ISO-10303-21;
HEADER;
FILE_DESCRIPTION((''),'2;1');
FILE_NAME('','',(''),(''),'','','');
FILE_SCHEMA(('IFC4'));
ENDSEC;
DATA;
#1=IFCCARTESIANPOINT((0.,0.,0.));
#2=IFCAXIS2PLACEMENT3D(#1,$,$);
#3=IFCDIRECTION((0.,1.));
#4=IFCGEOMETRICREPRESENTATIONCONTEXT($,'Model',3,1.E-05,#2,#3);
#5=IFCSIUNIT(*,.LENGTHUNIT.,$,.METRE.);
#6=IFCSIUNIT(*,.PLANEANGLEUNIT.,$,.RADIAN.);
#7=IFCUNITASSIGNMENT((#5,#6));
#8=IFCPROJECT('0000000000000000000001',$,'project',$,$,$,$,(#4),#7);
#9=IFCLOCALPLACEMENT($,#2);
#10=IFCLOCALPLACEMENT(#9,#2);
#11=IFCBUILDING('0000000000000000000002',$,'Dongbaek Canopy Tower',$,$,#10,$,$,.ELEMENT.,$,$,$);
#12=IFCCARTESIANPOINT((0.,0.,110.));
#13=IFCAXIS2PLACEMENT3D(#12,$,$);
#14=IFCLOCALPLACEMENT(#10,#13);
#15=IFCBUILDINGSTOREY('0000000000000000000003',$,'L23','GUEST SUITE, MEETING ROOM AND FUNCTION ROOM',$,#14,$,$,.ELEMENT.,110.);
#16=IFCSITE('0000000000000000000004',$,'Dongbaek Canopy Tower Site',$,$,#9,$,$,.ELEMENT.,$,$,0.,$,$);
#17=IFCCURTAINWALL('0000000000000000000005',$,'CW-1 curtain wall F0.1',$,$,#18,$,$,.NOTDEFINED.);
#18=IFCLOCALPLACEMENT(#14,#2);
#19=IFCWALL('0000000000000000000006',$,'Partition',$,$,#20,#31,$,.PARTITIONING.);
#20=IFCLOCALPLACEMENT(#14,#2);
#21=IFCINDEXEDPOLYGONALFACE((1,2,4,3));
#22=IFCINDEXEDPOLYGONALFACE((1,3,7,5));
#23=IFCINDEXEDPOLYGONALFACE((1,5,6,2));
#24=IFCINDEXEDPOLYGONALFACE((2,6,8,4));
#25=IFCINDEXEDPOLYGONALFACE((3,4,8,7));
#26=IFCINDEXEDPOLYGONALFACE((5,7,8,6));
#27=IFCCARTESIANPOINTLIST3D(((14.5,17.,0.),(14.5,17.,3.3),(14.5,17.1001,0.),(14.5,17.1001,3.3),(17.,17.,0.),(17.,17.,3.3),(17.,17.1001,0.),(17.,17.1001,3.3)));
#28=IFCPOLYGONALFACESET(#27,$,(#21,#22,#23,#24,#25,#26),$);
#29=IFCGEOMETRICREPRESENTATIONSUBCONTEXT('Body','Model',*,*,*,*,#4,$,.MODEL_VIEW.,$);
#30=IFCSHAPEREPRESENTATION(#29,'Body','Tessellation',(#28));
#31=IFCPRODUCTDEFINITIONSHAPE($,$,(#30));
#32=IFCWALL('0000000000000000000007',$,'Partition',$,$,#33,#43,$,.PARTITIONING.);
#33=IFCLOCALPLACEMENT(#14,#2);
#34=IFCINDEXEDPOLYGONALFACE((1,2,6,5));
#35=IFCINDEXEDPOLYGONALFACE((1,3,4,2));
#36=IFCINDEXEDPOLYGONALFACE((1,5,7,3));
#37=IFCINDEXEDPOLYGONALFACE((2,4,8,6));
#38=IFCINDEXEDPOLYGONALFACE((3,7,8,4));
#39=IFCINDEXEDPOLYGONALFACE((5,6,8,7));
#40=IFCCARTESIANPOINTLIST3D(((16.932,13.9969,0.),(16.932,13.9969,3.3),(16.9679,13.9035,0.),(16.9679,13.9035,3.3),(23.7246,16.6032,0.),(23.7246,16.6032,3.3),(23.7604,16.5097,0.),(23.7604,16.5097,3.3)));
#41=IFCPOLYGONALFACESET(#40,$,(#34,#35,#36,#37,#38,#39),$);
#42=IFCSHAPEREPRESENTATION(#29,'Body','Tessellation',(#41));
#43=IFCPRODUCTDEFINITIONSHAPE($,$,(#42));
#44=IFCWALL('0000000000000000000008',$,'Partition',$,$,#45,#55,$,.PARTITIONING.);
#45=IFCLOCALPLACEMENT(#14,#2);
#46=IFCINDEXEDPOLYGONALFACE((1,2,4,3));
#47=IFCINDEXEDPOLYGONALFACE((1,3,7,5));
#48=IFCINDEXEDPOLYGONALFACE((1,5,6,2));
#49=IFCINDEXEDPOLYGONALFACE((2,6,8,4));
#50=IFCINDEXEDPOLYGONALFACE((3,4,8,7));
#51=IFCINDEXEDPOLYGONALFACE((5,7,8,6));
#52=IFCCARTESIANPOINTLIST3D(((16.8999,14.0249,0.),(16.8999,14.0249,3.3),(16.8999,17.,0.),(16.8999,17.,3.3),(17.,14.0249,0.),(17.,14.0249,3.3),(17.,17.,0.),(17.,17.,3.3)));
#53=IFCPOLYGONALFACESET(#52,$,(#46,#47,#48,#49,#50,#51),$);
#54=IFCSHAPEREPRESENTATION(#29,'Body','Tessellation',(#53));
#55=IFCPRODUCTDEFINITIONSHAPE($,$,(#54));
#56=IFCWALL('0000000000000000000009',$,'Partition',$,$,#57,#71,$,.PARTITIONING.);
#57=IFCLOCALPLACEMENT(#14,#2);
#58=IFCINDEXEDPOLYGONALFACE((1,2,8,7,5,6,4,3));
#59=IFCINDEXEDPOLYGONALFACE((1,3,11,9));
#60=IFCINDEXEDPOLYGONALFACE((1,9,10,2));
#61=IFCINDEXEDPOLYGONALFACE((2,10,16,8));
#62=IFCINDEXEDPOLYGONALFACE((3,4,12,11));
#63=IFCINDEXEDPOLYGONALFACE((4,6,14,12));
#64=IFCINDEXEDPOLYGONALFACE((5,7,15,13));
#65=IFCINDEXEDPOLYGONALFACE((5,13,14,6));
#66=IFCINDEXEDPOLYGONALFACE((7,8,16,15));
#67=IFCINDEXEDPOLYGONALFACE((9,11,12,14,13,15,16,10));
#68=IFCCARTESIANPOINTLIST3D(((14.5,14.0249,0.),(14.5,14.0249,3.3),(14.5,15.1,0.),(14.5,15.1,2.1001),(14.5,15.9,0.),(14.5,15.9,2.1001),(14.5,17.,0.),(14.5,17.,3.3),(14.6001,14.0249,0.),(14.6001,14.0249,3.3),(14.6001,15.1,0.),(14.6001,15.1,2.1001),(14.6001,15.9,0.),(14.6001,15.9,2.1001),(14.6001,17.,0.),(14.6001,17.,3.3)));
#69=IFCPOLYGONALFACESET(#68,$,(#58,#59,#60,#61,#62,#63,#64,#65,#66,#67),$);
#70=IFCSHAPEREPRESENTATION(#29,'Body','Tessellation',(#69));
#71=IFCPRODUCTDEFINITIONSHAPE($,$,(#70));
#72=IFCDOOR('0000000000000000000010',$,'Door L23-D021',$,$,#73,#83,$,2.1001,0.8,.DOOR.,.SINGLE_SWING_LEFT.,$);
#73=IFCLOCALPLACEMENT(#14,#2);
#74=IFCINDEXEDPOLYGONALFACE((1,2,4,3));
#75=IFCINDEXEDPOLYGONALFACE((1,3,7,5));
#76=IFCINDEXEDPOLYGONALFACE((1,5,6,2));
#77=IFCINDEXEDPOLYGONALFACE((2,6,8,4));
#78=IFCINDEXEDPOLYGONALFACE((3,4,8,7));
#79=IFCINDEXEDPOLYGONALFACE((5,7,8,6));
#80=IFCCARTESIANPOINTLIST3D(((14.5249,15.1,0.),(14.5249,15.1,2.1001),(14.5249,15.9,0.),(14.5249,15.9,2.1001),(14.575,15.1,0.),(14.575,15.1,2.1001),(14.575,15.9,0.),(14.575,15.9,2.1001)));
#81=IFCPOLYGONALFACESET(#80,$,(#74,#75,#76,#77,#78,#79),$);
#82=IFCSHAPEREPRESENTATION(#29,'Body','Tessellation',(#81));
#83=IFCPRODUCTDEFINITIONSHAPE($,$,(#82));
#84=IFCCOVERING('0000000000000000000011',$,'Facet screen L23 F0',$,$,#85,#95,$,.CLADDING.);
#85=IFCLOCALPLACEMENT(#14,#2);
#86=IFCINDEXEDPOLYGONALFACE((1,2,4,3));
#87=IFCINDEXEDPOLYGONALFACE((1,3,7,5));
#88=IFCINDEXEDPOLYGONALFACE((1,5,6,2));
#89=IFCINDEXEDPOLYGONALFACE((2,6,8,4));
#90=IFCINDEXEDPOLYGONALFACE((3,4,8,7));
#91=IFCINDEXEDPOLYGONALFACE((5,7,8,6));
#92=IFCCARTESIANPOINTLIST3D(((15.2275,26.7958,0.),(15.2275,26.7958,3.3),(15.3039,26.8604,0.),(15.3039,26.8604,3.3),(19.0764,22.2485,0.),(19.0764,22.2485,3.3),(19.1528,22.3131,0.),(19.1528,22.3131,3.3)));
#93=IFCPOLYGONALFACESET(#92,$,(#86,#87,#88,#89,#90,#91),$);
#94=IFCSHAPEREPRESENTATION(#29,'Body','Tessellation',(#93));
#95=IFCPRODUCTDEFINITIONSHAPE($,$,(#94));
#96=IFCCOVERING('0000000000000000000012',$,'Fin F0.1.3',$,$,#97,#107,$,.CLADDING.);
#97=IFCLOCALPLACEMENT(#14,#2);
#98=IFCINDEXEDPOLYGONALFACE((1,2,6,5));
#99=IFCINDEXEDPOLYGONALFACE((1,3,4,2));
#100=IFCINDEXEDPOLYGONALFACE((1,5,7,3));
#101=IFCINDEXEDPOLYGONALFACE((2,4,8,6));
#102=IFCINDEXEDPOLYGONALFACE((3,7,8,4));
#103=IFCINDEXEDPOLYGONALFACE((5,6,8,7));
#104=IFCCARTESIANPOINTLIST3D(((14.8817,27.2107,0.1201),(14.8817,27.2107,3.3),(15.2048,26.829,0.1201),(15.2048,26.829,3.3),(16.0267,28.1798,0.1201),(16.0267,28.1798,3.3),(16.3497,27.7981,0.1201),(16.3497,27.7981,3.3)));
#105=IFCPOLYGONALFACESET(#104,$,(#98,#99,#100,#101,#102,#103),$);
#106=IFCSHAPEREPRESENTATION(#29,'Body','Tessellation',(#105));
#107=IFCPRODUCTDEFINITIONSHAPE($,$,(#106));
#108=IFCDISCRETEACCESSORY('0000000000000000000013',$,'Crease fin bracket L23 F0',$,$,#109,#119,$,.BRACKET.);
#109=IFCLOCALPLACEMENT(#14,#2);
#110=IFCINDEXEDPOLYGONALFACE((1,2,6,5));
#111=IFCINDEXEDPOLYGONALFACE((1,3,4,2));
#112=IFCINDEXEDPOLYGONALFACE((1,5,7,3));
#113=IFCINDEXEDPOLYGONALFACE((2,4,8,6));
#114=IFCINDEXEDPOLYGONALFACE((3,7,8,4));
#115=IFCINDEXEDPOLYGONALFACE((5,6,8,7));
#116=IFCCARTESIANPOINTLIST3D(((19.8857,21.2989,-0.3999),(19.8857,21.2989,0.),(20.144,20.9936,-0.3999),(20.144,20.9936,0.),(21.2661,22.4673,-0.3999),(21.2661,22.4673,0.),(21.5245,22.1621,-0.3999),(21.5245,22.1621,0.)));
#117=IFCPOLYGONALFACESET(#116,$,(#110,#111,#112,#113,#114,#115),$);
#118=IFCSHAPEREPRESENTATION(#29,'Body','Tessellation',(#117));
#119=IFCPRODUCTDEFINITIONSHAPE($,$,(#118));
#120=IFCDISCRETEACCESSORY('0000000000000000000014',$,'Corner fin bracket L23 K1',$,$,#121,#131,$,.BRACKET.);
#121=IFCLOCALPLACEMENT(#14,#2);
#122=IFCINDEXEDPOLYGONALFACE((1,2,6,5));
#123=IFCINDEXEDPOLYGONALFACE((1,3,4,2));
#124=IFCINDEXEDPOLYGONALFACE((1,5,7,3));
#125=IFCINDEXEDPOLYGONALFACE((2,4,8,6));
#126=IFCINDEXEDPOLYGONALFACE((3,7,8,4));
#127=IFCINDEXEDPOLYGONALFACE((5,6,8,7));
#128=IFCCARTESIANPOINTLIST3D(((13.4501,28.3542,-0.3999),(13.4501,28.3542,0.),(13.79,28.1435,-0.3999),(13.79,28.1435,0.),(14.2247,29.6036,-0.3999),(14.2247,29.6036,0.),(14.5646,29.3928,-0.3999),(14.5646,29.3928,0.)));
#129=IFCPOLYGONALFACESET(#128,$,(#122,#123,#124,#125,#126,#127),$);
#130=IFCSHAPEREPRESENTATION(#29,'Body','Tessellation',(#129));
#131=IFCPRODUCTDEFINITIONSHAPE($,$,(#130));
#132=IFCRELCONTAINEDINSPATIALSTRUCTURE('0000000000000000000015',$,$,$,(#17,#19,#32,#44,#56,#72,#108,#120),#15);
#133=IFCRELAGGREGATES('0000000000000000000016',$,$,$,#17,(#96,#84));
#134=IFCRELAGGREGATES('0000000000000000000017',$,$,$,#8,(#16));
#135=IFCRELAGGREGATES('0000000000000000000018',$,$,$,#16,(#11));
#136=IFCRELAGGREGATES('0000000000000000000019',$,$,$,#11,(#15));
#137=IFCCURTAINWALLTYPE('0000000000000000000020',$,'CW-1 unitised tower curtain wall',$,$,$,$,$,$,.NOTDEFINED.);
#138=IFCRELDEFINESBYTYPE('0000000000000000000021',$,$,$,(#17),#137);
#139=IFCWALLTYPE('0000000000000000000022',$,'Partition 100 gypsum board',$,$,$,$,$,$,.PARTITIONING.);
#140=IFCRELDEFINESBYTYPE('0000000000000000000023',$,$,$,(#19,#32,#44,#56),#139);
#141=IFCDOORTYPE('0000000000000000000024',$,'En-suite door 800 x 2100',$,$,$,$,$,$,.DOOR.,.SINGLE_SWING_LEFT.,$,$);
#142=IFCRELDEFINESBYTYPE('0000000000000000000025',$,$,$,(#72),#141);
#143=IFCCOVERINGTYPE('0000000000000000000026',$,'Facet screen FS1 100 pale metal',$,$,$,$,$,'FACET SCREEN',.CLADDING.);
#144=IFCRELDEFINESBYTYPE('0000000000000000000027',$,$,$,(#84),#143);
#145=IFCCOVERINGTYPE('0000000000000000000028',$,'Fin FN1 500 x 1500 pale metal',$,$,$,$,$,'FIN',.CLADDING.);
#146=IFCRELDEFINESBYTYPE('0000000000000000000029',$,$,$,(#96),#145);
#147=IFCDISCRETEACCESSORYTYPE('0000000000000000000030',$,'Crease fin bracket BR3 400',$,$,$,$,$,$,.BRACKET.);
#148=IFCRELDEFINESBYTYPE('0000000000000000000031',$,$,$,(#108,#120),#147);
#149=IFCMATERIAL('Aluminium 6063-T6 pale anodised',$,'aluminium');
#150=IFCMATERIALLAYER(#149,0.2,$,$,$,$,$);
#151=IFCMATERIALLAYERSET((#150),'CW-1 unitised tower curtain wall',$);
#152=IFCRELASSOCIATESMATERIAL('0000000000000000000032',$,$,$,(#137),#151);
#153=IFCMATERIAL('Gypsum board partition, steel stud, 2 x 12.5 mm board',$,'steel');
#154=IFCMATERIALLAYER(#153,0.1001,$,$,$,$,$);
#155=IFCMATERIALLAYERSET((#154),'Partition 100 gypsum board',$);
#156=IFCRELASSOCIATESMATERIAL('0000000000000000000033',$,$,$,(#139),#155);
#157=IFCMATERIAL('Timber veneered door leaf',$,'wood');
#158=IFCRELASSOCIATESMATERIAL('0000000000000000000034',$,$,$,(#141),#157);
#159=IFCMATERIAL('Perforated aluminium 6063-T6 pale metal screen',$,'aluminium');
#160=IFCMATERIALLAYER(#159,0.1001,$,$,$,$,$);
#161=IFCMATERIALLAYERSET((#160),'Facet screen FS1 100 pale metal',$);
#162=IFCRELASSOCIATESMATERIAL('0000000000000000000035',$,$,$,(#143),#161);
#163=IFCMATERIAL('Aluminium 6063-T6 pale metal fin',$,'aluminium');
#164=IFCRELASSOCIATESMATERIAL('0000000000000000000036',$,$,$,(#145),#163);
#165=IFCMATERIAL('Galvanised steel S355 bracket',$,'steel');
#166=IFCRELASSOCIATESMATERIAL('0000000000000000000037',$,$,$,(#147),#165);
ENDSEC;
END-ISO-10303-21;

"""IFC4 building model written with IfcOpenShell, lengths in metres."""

from ifc_helpers import new_model, si_unit, direction, frame, frame_2d, origin, origin_2d, place, context, subcontext, project, spatial, rectangle, extrude, material, layer, layer_set, material_profile, profile_set, type_object, element, fill, aggregate, save


model = new_model("IFC4")

# Units and contexts
model_context = context("Model", 3, precision=1e-05, world=origin(), true_north=direction((0.0, 1.0)))
body_context = subcontext(model_context, "Body", "Model", "MODEL_VIEW")
ifc_project = project(units=[si_unit("LENGTHUNIT", "METRE"), si_unit("PLANEANGLEUNIT", "RADIAN")], contexts=[model_context])

# Site, building, storey
site_placement = place(None, origin())
site = spatial("IfcSite", under=ifc_project, at=site_placement, Name="Dongbaek Canopy Tower Site", CompositionType="ELEMENT", RefElevation=0.0)
building_placement = place(site_placement, origin())
building = spatial("IfcBuilding", under=site, at=building_placement, Name="Dongbaek Canopy Tower", CompositionType="ELEMENT")
storey_placement = place(building_placement, frame((0.0, 0.0, 110.0)))
storey = spatial("IfcBuildingStorey", under=building, at=storey_placement, Name="L23", Description="GUEST SUITE, MEETING ROOM AND FUNCTION ROOM", CompositionType="ELEMENT", Elevation=110.0)

# Curtain wall
ifc_material_1 = material(Name="Aluminium 6063-T6 pale anodised", Category="aluminium")
ifc_layer_1 = layer(ifc_material_1, 0.2)
ifc_layer_set_1 = layer_set([ifc_layer_1], Name="CW-1 unitised tower curtain wall")
curtain_wall_type = type_object("IfcCurtainWallType", Name="CW-1 unitised tower curtain wall", PredefinedType="NOTDEFINED", material=ifc_layer_set_1)
curtain_wall_1_placement = place(storey_placement, origin())
curtain_wall_1 = element("IfcCurtainWall", 1, at=curtain_wall_1_placement, inside=storey, type_object=curtain_wall_type, Name="CW-1 curtain wall F0.1", PredefinedType="NOTDEFINED")

# Walls
ifc_material_2 = material(Name="Gypsum board partition, steel stud, 2 x 12.5 mm board", Category="steel")
ifc_layer_2 = layer(ifc_material_2, 0.1001)
ifc_layer_set_2 = layer_set([ifc_layer_2], Name="Partition 100 gypsum board")
wall_type_1 = type_object("IfcWallType", Name="Partition 100 gypsum board", PredefinedType="PARTITIONING", material=ifc_layer_set_2)
wall_1_placement = place(storey_placement, frame((14.5, 17.05, 0.0), z_axis=(0.0, 0.0, 1.0), x_axis=(1.0, 0.0, 0.0)))
element("IfcWall", 2, at=wall_1_placement, inside=storey, type_object=wall_type_1, Name="Partition", PredefinedType="PARTITIONING", context=body_context, shape_type="SweptSolid", body=[
    extrude(rectangle(XDim=2.5, YDim=0.1001, at=frame_2d((1.25, 0.0))), origin(), (0.0, 0.0, 1.0), 3.3),
])
wall_2_placement = place(storey_placement, frame((16.95, 13.9502, 0.0), z_axis=(0.0, 0.0, 1.0), x_axis=(0.933635, 0.358226, 0.0)))
element("IfcWall", 3, at=wall_2_placement, inside=storey, type_object=wall_type_1, Name="Partition", PredefinedType="PARTITIONING", context=body_context, shape_type="SweptSolid", body=[
    extrude(rectangle(XDim=7.2754, YDim=0.1001, at=frame_2d((3.6377, 0.0))), origin(), (0.0, 0.0, 1.0), 3.3),
])
wall_3_placement = place(storey_placement, frame((16.95, 14.0249, 0.0), z_axis=(0.0, 0.0, 1.0), x_axis=(0.0, 1.0, 0.0)))
element("IfcWall", 4, at=wall_3_placement, inside=storey, type_object=wall_type_1, Name="Partition", PredefinedType="PARTITIONING", context=body_context, shape_type="SweptSolid", body=[
    extrude(rectangle(XDim=2.9751, YDim=0.1001, at=frame_2d((1.4875, 0.0))), origin(), (0.0, 0.0, 1.0), 3.3),
])

# Wall, opening, door
wall_4_placement = place(storey_placement, frame((14.55, 17.0, 0.0), z_axis=(0.0, 0.0, 1.0), x_axis=(0.0, -1.0, 0.0)))
wall_4 = element("IfcWall", 5, at=wall_4_placement, inside=storey, type_object=wall_type_1, Name="Partition", PredefinedType="PARTITIONING", context=body_context, shape_type="SweptSolid", body=[
    extrude(rectangle(XDim=2.9751, YDim=0.1001, at=frame_2d((1.4875, 0.0))), origin(), (0.0, 0.0, 1.0), 3.3),
])
opening_1_placement = place(wall_4_placement, frame((1.1001, 0.0, 0.0)))
opening_1 = element("IfcOpeningElement", 6, at=opening_1_placement, cuts=wall_4, PredefinedType="OPENING", context=body_context, shape_type="SweptSolid", body=[
    extrude(rectangle(XDim=0.8, YDim=2.1001, at=frame_2d((0.3999, 1.05))), frame((0.0, 0.0601, 0.0), z_axis=(0.0, -1.0, 0.0), x_axis=(1.0, 0.0, 0.0)), (0.0, 0.0, 1.0), 0.1201),
])
ifc_material_3 = material(Name="Timber veneered door leaf", Category="wood")
door_type_1 = type_object("IfcDoorType", Name="En-suite door 800 x 2100", OperationType="SINGLE_SWING_LEFT", PredefinedType="DOOR", material=ifc_material_3)
door_1_placement = place(opening_1_placement, origin())
door_1 = element("IfcDoor", 7, at=door_1_placement, inside=storey, type_object=door_type_1, Name="Door L23-D021", OperationType="SINGLE_SWING_LEFT", OverallHeight=2.1001, OverallWidth=0.8, PredefinedType="DOOR", context=body_context, shape_type="SweptSolid", body=[
    extrude(rectangle(XDim=0.8, YDim=2.1001, at=frame_2d((0.3999, 1.05))), frame((0.0, 0.0249, 0.0), z_axis=(0.0, -1.0, 0.0), x_axis=(1.0, 0.0, 0.0)), (0.0, 0.0, 1.0), 0.05),
])
fill(opening_1, door_1)

# Coverings
ifc_material_4 = material(Name="Perforated aluminium 6063-T6 pale metal screen", Category="aluminium")
ifc_layer_3 = layer(ifc_material_4, 0.1001)
ifc_layer_set_3 = layer_set([ifc_layer_3], Name="Facet screen FS1 100 pale metal")
covering_type_1 = type_object("IfcCoveringType", Name="Facet screen FS1 100 pale metal", ElementType="FACET SCREEN", PredefinedType="CLADDING", material=ifc_layer_set_3)
covering_1_placement = place(storey_placement, frame((17.1902, 24.5544, 0.0), z_axis=(0.0, 0.0, 1.0), x_axis=(-0.646056, 0.76329, 0.0)))
covering_1 = element("IfcCovering", 8, at=covering_1_placement, type_object=covering_type_1, Name="Facet screen L23 F0", PredefinedType="CLADDING", context=body_context, shape_type="SweptSolid", body=[
    extrude(rectangle(XDim=5.9575, YDim=0.1001, at=origin_2d()), origin(), (0.0, 0.0, 1.0), 3.3),
])
ifc_material_5 = material(Name="Aluminium 6063-T6 pale metal fin", Category="aluminium")
ifc_material_profile_1 = material_profile(ifc_material_5, rectangle(XDim=1.5, YDim=0.5, at=origin_2d()), Name="Fin FN1 500 x 1500 pale metal")
ifc_profile_set_1 = profile_set([ifc_material_profile_1], Name="Aluminium 6063-T6 pale metal fin")
covering_type_2 = type_object("IfcCoveringType", Name="Fin FN1 500 x 1500 pale metal", ElementType="FIN", PredefinedType="CLADDING", material=ifc_profile_set_1)
covering_2_placement = place(storey_placement, frame((15.6157, 27.5044, 0.1201), z_axis=(0.0, 0.0, 1.0), x_axis=(0.76329, 0.646056, 0.0)))
covering_2 = element("IfcCovering", 9, at=covering_2_placement, type_object=covering_type_2, Name="Fin F0.1.3", PredefinedType="CLADDING", context=body_context, shape_type="SweptSolid", body=[
    extrude(rectangle(XDim=1.5, YDim=0.5, at=origin_2d()), origin(), (0.0, 0.0, 1.0), 3.1799),
])
aggregate(curtain_wall_1, [covering_2, covering_1])

# Discrete accessories
ifc_material_6 = material(Name="Galvanised steel S355 bracket", Category="steel")
discrete_accessory_type = type_object("IfcDiscreteAccessoryType", Name="Crease fin bracket BR3 400", PredefinedType="BRACKET", material=ifc_material_6)
discrete_accessory_1_placement = place(storey_placement, frame((20.7051, 21.7305, -0.3999), z_axis=(0.0, 0.0, 1.0), x_axis=(0.76329, 0.646056, 0.0)))
element("IfcDiscreteAccessory", 10, at=discrete_accessory_1_placement, inside=storey, type_object=discrete_accessory_type, Name="Crease fin bracket L23 F0", PredefinedType="BRACKET", context=body_context, shape_type="SweptSolid", body=[
    extrude(rectangle(XDim=1.8086, YDim=0.3999, at=origin_2d()), origin(), (0.0, 0.0, 1.0), 0.3999),
])
discrete_accessory_2_placement = place(storey_placement, frame((14.0073, 28.8735, -0.3999), z_axis=(0.0, 0.0, 1.0), x_axis=(0.526937, 0.849905, 0.0)))
element("IfcDiscreteAccessory", 11, at=discrete_accessory_2_placement, inside=storey, type_object=discrete_accessory_type, Name="Corner fin bracket L23 K1", PredefinedType="BRACKET", context=body_context, shape_type="SweptSolid", body=[
    extrude(rectangle(XDim=1.47, YDim=0.3999, at=origin_2d()), origin(), (0.0, 0.0, 1.0), 0.3999),
])

save(model, "model.ifc")
